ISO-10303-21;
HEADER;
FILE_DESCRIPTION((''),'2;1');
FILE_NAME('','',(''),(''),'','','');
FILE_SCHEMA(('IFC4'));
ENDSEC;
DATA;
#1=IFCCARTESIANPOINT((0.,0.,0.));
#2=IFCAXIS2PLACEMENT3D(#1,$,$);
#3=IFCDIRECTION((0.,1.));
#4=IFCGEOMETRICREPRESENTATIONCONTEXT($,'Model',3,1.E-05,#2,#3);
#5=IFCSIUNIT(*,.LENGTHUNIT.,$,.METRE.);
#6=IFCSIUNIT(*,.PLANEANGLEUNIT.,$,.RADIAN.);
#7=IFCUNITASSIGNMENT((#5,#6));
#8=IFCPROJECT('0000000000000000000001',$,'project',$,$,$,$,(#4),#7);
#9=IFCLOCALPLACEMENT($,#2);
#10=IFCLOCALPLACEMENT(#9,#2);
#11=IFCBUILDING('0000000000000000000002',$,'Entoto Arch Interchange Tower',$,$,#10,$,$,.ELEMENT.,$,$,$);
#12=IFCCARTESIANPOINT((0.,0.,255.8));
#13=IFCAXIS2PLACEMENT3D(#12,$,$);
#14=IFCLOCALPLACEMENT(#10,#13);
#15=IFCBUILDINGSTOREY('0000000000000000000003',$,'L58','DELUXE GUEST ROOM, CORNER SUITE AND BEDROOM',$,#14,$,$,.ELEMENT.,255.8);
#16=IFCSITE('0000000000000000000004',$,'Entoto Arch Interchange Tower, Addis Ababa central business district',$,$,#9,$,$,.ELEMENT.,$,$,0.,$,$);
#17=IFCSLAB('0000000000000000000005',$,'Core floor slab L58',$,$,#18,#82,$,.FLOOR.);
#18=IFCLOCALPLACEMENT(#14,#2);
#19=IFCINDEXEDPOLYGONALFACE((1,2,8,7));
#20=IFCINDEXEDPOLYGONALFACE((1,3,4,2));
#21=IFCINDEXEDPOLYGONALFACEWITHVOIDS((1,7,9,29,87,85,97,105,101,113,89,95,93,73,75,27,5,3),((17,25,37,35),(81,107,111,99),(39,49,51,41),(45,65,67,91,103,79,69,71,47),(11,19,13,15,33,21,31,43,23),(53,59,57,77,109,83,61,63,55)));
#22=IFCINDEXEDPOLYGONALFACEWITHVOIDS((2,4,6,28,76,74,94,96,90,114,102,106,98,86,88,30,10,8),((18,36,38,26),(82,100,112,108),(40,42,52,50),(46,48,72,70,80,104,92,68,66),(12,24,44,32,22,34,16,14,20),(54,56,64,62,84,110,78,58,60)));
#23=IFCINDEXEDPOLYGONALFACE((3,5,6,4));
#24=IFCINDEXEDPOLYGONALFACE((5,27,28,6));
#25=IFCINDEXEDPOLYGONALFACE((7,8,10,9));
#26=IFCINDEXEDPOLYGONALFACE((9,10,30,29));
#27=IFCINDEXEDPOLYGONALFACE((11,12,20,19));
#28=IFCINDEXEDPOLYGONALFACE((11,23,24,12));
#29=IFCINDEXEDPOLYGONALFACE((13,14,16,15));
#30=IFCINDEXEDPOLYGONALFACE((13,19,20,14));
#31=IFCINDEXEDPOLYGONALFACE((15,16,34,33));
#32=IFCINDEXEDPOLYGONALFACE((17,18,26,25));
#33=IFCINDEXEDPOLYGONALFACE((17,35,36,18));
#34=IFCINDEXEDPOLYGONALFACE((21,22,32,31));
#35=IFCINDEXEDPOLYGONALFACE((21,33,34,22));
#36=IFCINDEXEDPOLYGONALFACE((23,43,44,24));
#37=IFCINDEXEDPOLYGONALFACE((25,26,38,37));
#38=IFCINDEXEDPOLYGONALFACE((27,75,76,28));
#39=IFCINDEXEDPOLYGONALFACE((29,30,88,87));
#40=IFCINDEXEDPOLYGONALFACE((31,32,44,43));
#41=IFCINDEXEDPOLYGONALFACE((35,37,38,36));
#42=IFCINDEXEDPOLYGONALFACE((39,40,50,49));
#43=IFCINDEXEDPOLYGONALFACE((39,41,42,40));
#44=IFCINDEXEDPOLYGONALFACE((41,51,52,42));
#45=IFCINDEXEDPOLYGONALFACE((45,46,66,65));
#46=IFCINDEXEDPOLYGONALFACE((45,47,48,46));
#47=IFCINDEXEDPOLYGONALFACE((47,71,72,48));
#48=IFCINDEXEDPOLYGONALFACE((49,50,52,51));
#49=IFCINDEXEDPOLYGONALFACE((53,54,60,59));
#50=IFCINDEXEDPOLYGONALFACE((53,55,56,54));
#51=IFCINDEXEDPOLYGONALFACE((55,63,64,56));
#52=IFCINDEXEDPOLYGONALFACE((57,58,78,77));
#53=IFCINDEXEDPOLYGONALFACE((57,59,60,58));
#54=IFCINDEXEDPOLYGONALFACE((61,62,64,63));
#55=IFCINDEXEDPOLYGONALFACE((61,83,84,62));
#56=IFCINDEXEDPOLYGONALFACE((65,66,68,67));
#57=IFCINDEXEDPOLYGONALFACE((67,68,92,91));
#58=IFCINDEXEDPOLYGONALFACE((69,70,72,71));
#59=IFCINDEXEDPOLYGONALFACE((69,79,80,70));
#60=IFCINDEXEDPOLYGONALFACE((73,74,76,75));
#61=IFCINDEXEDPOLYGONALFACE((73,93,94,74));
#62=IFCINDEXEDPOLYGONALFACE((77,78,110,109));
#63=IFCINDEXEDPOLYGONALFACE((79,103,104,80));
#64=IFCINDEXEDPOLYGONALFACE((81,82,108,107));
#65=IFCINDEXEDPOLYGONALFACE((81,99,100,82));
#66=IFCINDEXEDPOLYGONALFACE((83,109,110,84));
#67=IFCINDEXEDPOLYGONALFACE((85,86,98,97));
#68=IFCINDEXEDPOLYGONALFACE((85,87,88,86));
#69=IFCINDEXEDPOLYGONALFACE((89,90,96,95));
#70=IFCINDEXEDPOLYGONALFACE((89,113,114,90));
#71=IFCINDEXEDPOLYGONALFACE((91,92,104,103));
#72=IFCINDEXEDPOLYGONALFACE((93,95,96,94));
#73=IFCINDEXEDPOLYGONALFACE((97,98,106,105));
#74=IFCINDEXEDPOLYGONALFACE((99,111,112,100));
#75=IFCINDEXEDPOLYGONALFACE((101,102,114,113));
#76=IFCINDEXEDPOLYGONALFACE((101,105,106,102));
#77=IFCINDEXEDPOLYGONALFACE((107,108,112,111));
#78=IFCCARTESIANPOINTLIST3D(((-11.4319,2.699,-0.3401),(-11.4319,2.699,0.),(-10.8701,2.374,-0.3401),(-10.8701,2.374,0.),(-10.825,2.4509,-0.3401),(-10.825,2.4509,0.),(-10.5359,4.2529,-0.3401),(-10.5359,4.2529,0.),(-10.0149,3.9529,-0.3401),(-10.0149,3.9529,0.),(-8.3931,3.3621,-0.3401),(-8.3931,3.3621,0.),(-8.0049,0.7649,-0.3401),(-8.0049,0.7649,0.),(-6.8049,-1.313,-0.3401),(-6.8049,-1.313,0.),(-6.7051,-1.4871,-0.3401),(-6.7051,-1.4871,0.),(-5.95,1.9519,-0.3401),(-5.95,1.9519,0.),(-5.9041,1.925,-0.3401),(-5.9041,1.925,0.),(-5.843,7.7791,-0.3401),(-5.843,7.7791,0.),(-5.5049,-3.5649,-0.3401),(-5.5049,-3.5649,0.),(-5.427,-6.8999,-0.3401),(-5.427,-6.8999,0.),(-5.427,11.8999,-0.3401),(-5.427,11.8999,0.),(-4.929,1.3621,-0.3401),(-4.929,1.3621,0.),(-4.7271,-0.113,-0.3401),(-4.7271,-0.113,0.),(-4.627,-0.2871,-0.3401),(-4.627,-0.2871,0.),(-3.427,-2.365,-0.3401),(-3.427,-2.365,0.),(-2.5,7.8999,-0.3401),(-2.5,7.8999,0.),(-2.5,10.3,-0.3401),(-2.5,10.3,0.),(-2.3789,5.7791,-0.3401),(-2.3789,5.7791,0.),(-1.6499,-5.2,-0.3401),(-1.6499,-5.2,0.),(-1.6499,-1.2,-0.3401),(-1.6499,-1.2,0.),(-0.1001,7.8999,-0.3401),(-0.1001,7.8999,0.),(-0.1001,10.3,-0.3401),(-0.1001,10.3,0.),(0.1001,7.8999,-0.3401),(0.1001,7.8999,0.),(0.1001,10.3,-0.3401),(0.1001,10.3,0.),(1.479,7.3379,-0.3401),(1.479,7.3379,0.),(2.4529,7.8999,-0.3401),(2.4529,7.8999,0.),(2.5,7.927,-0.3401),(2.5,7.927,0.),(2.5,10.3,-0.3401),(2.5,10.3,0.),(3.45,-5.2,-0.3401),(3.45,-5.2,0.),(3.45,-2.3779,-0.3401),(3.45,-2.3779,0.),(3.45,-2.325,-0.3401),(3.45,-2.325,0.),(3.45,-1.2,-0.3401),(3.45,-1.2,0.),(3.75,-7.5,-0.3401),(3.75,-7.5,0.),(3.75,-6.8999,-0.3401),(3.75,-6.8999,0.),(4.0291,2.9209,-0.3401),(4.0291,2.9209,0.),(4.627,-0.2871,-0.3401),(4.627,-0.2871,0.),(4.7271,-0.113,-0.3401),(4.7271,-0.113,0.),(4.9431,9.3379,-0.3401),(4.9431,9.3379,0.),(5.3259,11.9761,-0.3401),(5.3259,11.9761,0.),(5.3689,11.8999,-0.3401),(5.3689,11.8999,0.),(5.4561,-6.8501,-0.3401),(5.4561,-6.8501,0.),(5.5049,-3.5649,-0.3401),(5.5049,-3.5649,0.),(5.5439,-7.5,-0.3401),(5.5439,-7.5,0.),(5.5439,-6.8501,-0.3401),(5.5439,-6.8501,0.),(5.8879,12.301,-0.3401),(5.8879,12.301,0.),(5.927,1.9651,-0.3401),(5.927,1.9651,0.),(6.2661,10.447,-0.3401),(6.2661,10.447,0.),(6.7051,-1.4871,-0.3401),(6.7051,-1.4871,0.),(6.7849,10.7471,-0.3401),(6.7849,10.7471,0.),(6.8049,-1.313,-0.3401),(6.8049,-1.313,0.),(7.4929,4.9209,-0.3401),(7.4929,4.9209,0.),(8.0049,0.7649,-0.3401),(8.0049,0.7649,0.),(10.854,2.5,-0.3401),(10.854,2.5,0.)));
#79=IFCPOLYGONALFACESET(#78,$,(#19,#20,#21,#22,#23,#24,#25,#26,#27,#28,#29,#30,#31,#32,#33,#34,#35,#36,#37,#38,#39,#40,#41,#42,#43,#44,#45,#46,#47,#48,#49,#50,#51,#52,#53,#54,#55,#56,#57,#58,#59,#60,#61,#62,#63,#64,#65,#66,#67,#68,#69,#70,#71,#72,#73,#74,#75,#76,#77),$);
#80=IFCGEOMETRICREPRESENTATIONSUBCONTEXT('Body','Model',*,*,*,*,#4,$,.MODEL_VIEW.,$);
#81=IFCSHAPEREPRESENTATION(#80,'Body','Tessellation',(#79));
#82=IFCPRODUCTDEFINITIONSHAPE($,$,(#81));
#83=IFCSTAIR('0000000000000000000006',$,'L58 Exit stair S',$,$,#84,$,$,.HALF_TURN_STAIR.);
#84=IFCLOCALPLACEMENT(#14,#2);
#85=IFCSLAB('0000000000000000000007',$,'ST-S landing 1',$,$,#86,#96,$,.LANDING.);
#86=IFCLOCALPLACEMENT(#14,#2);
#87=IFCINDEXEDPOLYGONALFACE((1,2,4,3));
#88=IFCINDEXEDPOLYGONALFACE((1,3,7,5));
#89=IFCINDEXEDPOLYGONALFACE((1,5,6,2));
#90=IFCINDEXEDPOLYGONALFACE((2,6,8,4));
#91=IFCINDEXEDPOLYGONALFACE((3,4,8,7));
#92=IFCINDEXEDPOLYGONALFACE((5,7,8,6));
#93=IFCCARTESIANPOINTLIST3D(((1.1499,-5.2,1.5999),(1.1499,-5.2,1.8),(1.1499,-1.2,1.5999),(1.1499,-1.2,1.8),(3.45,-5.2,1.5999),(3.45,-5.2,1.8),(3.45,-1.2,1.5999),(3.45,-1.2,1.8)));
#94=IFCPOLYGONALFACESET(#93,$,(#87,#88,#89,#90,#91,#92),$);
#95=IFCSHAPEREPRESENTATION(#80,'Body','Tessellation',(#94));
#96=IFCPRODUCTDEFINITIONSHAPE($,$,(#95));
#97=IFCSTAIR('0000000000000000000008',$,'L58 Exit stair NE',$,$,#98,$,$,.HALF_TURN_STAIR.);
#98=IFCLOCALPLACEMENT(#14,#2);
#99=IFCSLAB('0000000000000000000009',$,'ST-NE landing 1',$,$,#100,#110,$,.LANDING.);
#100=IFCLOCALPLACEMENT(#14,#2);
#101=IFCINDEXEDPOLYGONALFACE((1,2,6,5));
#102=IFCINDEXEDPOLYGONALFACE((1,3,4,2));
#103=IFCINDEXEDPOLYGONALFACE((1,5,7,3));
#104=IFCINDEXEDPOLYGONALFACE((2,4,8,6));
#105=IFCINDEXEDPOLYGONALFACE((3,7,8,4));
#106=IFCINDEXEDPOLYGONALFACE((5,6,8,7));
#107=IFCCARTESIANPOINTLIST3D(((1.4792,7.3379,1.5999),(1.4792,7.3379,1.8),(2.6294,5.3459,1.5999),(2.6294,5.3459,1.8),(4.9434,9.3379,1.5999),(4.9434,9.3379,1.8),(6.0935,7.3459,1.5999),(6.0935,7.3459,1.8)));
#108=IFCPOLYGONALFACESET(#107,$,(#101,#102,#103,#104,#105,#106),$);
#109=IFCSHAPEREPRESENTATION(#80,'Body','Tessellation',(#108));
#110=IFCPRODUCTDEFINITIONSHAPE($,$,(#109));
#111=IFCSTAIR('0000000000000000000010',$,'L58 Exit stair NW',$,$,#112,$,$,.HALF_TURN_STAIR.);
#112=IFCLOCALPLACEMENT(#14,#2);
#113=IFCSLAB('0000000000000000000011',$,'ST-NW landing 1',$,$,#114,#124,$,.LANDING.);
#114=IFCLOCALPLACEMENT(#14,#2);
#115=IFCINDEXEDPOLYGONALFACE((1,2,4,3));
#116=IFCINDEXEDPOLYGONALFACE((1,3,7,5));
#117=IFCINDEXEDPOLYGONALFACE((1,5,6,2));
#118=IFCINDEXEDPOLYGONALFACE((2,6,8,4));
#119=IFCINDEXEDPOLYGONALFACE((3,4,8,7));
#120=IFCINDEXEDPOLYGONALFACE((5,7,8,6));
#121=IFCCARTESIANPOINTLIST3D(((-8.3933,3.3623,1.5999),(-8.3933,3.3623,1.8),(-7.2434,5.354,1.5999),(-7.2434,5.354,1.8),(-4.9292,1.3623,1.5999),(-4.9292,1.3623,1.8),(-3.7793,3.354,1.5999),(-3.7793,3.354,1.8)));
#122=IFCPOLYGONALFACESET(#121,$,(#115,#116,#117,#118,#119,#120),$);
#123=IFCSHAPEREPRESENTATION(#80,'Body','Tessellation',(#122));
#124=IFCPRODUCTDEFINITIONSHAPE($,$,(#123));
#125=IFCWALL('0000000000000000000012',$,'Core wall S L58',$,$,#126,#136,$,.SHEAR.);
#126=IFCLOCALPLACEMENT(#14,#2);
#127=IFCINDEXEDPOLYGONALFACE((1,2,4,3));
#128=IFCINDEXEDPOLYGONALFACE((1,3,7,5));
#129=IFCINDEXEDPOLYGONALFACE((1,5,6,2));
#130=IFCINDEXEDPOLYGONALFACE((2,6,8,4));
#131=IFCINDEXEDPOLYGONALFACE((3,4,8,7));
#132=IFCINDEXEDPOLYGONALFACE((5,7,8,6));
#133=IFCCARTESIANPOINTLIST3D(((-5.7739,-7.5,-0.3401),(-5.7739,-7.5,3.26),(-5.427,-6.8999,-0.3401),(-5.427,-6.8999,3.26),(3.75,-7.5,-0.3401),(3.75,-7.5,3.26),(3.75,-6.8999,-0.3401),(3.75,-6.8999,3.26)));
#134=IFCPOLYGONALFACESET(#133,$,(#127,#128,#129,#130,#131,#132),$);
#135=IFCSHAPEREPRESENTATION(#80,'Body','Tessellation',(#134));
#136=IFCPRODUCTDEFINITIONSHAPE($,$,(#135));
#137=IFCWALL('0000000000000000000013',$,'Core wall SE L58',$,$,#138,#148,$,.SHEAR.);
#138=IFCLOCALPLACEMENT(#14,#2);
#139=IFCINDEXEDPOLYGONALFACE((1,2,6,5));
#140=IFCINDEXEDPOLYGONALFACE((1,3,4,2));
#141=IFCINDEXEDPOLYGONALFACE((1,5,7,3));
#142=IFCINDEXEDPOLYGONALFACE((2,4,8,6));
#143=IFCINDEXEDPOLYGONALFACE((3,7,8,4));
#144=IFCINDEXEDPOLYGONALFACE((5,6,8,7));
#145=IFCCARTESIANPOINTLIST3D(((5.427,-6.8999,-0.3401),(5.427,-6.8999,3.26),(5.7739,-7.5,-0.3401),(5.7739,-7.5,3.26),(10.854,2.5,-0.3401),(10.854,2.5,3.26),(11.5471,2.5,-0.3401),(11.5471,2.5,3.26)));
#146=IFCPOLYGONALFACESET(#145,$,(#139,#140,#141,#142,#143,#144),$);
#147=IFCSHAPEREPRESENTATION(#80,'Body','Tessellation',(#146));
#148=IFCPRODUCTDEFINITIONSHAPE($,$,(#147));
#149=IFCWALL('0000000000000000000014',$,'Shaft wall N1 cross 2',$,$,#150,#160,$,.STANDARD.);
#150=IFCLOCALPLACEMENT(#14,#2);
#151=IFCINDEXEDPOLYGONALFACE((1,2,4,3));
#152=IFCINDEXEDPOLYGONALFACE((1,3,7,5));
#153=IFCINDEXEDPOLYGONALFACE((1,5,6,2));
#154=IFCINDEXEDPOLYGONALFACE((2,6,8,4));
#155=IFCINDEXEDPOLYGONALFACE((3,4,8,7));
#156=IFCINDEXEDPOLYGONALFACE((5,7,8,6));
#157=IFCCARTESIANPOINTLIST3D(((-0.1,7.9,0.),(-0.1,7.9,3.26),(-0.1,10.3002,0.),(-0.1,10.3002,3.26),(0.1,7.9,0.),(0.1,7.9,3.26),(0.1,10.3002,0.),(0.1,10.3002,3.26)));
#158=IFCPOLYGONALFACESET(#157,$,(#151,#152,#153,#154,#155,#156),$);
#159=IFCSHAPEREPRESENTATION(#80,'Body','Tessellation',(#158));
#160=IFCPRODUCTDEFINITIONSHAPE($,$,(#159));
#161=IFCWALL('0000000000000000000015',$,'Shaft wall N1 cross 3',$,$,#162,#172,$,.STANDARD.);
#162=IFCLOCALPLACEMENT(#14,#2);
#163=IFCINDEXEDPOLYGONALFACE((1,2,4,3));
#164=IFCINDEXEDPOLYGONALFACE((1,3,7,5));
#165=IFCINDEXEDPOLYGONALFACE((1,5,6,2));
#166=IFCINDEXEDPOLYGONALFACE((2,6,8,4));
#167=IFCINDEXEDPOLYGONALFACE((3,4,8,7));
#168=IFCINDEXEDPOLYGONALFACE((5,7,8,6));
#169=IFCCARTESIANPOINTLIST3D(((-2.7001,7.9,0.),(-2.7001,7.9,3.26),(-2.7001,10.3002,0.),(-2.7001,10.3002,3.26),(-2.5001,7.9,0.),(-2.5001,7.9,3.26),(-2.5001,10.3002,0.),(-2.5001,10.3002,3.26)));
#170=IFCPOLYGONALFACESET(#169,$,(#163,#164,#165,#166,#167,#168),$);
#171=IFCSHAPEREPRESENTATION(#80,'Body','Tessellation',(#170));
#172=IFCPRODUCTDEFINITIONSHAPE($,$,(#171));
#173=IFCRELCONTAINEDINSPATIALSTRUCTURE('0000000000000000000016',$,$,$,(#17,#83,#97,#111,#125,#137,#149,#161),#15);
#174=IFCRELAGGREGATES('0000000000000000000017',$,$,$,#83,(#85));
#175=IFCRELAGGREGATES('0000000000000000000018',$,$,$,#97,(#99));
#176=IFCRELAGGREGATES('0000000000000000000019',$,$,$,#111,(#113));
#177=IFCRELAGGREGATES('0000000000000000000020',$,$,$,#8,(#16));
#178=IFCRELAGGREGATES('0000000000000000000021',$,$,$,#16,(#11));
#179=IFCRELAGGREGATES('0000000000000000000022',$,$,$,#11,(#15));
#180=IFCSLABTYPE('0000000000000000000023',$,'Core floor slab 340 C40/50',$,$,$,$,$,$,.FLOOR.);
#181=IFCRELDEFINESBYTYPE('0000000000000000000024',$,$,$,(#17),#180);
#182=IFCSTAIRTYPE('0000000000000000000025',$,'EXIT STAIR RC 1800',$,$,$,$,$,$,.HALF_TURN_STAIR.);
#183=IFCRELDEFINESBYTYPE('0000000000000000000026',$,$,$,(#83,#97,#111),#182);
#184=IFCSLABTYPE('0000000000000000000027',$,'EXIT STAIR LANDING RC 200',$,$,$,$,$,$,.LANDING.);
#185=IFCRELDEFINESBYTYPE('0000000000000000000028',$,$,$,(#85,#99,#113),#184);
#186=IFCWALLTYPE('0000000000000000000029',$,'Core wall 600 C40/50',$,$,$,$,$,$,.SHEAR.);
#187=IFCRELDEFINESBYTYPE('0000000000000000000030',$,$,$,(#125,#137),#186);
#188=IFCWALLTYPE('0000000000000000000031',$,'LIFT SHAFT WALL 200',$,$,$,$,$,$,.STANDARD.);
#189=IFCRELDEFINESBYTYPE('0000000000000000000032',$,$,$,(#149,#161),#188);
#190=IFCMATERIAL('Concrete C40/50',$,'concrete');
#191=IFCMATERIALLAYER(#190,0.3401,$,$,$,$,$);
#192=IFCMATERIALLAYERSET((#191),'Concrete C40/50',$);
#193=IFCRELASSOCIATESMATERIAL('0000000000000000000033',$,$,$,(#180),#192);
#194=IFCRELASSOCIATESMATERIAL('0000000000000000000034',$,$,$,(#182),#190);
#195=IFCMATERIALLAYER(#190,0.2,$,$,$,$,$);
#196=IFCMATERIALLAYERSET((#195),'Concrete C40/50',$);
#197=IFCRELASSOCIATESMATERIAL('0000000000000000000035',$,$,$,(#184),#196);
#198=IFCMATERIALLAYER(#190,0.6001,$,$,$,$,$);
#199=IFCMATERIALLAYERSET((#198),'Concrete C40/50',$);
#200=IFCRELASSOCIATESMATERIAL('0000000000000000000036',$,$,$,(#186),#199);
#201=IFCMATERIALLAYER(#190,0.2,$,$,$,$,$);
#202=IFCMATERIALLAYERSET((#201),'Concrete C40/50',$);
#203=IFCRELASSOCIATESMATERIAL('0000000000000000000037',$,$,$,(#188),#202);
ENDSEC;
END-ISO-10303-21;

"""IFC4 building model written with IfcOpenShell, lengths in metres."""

from ifc_helpers import new_model, si_unit, direction, frame, frame_2d, origin, place, context, subcontext, project, spatial, polyline, rectangle, outline, extrude, material, layer, layer_set, type_object, element, aggregate, save


model = new_model("IFC4")

# Units and contexts
model_context = context("Model", 3, precision=1e-05, world=origin(), true_north=direction((0.0, 1.0)))
body_context = subcontext(model_context, "Body", "Model", "MODEL_VIEW")
ifc_project = project(units=[si_unit("LENGTHUNIT", "METRE"), si_unit("PLANEANGLEUNIT", "RADIAN")], contexts=[model_context])

# Site, building, storey
site_placement = place(None, origin())
site = spatial("IfcSite", under=ifc_project, at=site_placement, Name="Entoto Arch Interchange Tower, Addis Ababa central business district", CompositionType="ELEMENT", RefElevation=0.0)
building_placement = place(site_placement, origin())
building = spatial("IfcBuilding", under=site, at=building_placement, Name="Entoto Arch Interchange Tower", CompositionType="ELEMENT")
storey_placement = place(building_placement, frame((0.0, 0.0, 255.8)))
storey = spatial("IfcBuildingStorey", under=building, at=storey_placement, Name="L58", Description="DELUXE GUEST ROOM, CORNER SUITE AND BEDROOM", CompositionType="ELEMENT", Elevation=255.8)

# Slab
ifc_material_1 = material(Name="Concrete C40/50", Category="concrete")
ifc_layer_1 = layer(ifc_material_1, 0.3401)
ifc_layer_set_1 = layer_set([ifc_layer_1], Name="Concrete C40/50")
slab_type_1 = type_object("IfcSlabType", Name="Core floor slab 340 C40/50", PredefinedType="FLOOR", material=ifc_layer_set_1)
slab_1_placement = place(storey_placement, frame((0.0, 0.0, -0.3401)))
element("IfcSlab", 1, at=slab_1_placement, inside=storey, type_object=slab_type_1, Name="Core floor slab L58", PredefinedType="FLOOR", context=body_context, shape_type="SweptSolid", body=[
    extrude(outline(polyline([(-10.825, 2.4509), (-10.8701, 2.374), (-11.4319, 2.699), (-10.5359, 4.2529), (-10.0149, 3.9529), (-5.427, 11.8999), (5.3689, 11.8999), (5.3259, 11.9761), (5.8879, 12.301), (6.7849, 10.7471), (6.2661, 10.447), (10.854, 2.5), (5.4561, -6.8501), (5.5439, -6.8501), (5.5439, -7.5), (3.75, -7.5), (3.75, -6.8999), (-5.427, -6.8999), (-10.825, 2.4509)]), holes=[polyline([(-1.6499, -5.2), (3.45, -5.2), (3.45, -2.3779), (5.5049, -3.5649), (6.7051, -1.4871), (4.627, -0.2871), (3.45, -2.325), (3.45, -1.2), (-1.6499, -1.2), (-1.6499, -5.2)]), polyline([(-4.627, -0.2871), (-6.7051, -1.4871), (-5.5049, -3.5649), (-3.427, -2.365), (-4.627, -0.2871)]), polyline([(-5.9041, 1.925), (-4.929, 1.3621), (-2.3789, 5.7791), (-5.843, 7.7791), (-8.3931, 3.3621), (-5.95, 1.9519), (-8.0049, 0.7649), (-6.8049, -1.313), (-4.7271, -0.113), (-5.9041, 1.925)]), polyline([(4.7271, -0.113), (6.8049, -1.313), (8.0049, 0.7649), (5.927, 1.9651), (4.7271, -0.113)]), polyline([(2.5, 7.927), (2.5, 10.3), (0.1001, 10.3), (0.1001, 7.8999), (2.4529, 7.8999), (1.479, 7.3379), (4.0291, 2.9209), (7.4929, 4.9209), (4.9431, 9.3379), (2.5, 7.927)]), polyline([(-2.5, 7.8999), (-0.1001, 7.8999), (-0.1001, 10.3), (-2.5, 10.3), (-2.5, 7.8999)])]), origin(), (0.0, 0.0, 1.0), 0.3401),
])

# Stairs, slabs
stair_type = type_object("IfcStairType", Name="EXIT STAIR RC 1800", PredefinedType="HALF_TURN_STAIR", material=ifc_material_1)
stair_1_placement = place(storey_placement, origin())
stair_1 = element("IfcStair", 2, at=stair_1_placement, inside=storey, type_object=stair_type, Name="L58 Exit stair S", PredefinedType="HALF_TURN_STAIR")
ifc_layer_2 = layer(ifc_material_1, 0.2)
ifc_layer_set_2 = layer_set([ifc_layer_2], Name="Concrete C40/50")
slab_type_2 = type_object("IfcSlabType", Name="EXIT STAIR LANDING RC 200", PredefinedType="LANDING", material=ifc_layer_set_2)
slab_2_placement = place(storey_placement, frame((0.0, 0.0, 1.5999)))
slab_2 = element("IfcSlab", 3, at=slab_2_placement, type_object=slab_type_2, Name="ST-S landing 1", PredefinedType="LANDING", context=body_context, shape_type="SweptSolid", body=[
    extrude(outline(polyline([(1.1499, -5.2), (3.45, -5.2), (3.45, -1.2), (1.1499, -1.2), (1.1499, -5.2)])), origin(), (0.0, 0.0, 1.0), 0.2002),
])
aggregate(stair_1, [slab_2])
stair_2_placement = place(storey_placement, origin())
stair_2 = element("IfcStair", 4, at=stair_2_placement, inside=storey, type_object=stair_type, Name="L58 Exit stair NE", PredefinedType="HALF_TURN_STAIR")
slab_3_placement = place(storey_placement, frame((0.0, 0.0, 1.5999)))
slab_3 = element("IfcSlab", 5, at=slab_3_placement, type_object=slab_type_2, Name="ST-NE landing 1", PredefinedType="LANDING", context=body_context, shape_type="SweptSolid", body=[
    extrude(outline(polyline([(6.0935, 7.3459), (4.9434, 9.3379), (1.4792, 7.3379), (2.6294, 5.3459), (6.0935, 7.3459)])), origin(), (0.0, 0.0, 1.0), 0.2002),
])
aggregate(stair_2, [slab_3])
stair_3_placement = place(storey_placement, origin())
stair_3 = element("IfcStair", 6, at=stair_3_placement, inside=storey, type_object=stair_type, Name="L58 Exit stair NW", PredefinedType="HALF_TURN_STAIR")
slab_4_placement = place(storey_placement, frame((0.0, 0.0, 1.5999)))
slab_4 = element("IfcSlab", 7, at=slab_4_placement, type_object=slab_type_2, Name="ST-NW landing 1", PredefinedType="LANDING", context=body_context, shape_type="SweptSolid", body=[
    extrude(outline(polyline([(-7.2434, 5.354), (-8.3933, 3.3623), (-4.9292, 1.3623), (-3.7793, 3.354), (-7.2434, 5.354)])), origin(), (0.0, 0.0, 1.0), 0.2002),
])

# Walls
ifc_layer_3 = layer(ifc_material_1, 0.6001)
ifc_layer_set_3 = layer_set([ifc_layer_3], Name="Concrete C40/50")
wall_type_1 = type_object("IfcWallType", Name="Core wall 600 C40/50", PredefinedType="SHEAR", material=ifc_layer_set_3)
wall_1_placement = place(storey_placement, frame((0.0, 0.0, -0.3401)))
element("IfcWall", 8, at=wall_1_placement, inside=storey, type_object=wall_type_1, Name="Core wall S L58", PredefinedType="SHEAR", context=body_context, shape_type="SweptSolid", body=[
    extrude(outline(polyline([(3.75, -7.5), (3.75, -6.8999), (-5.427, -6.8999), (-5.7739, -7.5), (3.75, -7.5)])), origin(), (0.0, 0.0, 1.0), 3.6001),
])
wall_2_placement = place(storey_placement, frame((0.0, 0.0, -0.3401)))
element("IfcWall", 9, at=wall_2_placement, inside=storey, type_object=wall_type_1, Name="Core wall SE L58", PredefinedType="SHEAR", context=body_context, shape_type="SweptSolid", body=[
    extrude(outline(polyline([(5.7739, -7.5), (11.5471, 2.5), (10.854, 2.5), (5.427, -6.8999), (5.7739, -7.5)])), origin(), (0.0, 0.0, 1.0), 3.6001),
])
ifc_layer_4 = layer(ifc_material_1, 0.2)
ifc_layer_set_4 = layer_set([ifc_layer_4], Name="Concrete C40/50")
wall_type_2 = type_object("IfcWallType", Name="LIFT SHAFT WALL 200", PredefinedType="STANDARD", material=ifc_layer_set_4)
for number, where, z_axis, x_axis, name in (
    (10, (0.0, 7.8999, 0.0), (0.0, 0.0, 1.0), (0.0, 1.0, 0.0), "Shaft wall N1 cross 2"),
    (11, (-2.6001, 7.8999, 0.0), (0.0, 0.0, 1.0), (0.0, 1.0, 0.0), "Shaft wall N1 cross 3"),
):
    element("IfcWall", number, at=place(storey_placement, frame(where, z_axis=z_axis, x_axis=x_axis)), inside=storey, type_object=wall_type_2, Name=name, PredefinedType="STANDARD", context=body_context, shape_type="SweptSolid", body=[
        extrude(rectangle(XDim=2.4001, YDim=0.2, at=frame_2d((1.2002, 0.0))), origin(), (0.0, 0.0, 1.0), 3.26),
    ])

aggregate(stair_3, [slab_4])

save(model, "model.ifc")
